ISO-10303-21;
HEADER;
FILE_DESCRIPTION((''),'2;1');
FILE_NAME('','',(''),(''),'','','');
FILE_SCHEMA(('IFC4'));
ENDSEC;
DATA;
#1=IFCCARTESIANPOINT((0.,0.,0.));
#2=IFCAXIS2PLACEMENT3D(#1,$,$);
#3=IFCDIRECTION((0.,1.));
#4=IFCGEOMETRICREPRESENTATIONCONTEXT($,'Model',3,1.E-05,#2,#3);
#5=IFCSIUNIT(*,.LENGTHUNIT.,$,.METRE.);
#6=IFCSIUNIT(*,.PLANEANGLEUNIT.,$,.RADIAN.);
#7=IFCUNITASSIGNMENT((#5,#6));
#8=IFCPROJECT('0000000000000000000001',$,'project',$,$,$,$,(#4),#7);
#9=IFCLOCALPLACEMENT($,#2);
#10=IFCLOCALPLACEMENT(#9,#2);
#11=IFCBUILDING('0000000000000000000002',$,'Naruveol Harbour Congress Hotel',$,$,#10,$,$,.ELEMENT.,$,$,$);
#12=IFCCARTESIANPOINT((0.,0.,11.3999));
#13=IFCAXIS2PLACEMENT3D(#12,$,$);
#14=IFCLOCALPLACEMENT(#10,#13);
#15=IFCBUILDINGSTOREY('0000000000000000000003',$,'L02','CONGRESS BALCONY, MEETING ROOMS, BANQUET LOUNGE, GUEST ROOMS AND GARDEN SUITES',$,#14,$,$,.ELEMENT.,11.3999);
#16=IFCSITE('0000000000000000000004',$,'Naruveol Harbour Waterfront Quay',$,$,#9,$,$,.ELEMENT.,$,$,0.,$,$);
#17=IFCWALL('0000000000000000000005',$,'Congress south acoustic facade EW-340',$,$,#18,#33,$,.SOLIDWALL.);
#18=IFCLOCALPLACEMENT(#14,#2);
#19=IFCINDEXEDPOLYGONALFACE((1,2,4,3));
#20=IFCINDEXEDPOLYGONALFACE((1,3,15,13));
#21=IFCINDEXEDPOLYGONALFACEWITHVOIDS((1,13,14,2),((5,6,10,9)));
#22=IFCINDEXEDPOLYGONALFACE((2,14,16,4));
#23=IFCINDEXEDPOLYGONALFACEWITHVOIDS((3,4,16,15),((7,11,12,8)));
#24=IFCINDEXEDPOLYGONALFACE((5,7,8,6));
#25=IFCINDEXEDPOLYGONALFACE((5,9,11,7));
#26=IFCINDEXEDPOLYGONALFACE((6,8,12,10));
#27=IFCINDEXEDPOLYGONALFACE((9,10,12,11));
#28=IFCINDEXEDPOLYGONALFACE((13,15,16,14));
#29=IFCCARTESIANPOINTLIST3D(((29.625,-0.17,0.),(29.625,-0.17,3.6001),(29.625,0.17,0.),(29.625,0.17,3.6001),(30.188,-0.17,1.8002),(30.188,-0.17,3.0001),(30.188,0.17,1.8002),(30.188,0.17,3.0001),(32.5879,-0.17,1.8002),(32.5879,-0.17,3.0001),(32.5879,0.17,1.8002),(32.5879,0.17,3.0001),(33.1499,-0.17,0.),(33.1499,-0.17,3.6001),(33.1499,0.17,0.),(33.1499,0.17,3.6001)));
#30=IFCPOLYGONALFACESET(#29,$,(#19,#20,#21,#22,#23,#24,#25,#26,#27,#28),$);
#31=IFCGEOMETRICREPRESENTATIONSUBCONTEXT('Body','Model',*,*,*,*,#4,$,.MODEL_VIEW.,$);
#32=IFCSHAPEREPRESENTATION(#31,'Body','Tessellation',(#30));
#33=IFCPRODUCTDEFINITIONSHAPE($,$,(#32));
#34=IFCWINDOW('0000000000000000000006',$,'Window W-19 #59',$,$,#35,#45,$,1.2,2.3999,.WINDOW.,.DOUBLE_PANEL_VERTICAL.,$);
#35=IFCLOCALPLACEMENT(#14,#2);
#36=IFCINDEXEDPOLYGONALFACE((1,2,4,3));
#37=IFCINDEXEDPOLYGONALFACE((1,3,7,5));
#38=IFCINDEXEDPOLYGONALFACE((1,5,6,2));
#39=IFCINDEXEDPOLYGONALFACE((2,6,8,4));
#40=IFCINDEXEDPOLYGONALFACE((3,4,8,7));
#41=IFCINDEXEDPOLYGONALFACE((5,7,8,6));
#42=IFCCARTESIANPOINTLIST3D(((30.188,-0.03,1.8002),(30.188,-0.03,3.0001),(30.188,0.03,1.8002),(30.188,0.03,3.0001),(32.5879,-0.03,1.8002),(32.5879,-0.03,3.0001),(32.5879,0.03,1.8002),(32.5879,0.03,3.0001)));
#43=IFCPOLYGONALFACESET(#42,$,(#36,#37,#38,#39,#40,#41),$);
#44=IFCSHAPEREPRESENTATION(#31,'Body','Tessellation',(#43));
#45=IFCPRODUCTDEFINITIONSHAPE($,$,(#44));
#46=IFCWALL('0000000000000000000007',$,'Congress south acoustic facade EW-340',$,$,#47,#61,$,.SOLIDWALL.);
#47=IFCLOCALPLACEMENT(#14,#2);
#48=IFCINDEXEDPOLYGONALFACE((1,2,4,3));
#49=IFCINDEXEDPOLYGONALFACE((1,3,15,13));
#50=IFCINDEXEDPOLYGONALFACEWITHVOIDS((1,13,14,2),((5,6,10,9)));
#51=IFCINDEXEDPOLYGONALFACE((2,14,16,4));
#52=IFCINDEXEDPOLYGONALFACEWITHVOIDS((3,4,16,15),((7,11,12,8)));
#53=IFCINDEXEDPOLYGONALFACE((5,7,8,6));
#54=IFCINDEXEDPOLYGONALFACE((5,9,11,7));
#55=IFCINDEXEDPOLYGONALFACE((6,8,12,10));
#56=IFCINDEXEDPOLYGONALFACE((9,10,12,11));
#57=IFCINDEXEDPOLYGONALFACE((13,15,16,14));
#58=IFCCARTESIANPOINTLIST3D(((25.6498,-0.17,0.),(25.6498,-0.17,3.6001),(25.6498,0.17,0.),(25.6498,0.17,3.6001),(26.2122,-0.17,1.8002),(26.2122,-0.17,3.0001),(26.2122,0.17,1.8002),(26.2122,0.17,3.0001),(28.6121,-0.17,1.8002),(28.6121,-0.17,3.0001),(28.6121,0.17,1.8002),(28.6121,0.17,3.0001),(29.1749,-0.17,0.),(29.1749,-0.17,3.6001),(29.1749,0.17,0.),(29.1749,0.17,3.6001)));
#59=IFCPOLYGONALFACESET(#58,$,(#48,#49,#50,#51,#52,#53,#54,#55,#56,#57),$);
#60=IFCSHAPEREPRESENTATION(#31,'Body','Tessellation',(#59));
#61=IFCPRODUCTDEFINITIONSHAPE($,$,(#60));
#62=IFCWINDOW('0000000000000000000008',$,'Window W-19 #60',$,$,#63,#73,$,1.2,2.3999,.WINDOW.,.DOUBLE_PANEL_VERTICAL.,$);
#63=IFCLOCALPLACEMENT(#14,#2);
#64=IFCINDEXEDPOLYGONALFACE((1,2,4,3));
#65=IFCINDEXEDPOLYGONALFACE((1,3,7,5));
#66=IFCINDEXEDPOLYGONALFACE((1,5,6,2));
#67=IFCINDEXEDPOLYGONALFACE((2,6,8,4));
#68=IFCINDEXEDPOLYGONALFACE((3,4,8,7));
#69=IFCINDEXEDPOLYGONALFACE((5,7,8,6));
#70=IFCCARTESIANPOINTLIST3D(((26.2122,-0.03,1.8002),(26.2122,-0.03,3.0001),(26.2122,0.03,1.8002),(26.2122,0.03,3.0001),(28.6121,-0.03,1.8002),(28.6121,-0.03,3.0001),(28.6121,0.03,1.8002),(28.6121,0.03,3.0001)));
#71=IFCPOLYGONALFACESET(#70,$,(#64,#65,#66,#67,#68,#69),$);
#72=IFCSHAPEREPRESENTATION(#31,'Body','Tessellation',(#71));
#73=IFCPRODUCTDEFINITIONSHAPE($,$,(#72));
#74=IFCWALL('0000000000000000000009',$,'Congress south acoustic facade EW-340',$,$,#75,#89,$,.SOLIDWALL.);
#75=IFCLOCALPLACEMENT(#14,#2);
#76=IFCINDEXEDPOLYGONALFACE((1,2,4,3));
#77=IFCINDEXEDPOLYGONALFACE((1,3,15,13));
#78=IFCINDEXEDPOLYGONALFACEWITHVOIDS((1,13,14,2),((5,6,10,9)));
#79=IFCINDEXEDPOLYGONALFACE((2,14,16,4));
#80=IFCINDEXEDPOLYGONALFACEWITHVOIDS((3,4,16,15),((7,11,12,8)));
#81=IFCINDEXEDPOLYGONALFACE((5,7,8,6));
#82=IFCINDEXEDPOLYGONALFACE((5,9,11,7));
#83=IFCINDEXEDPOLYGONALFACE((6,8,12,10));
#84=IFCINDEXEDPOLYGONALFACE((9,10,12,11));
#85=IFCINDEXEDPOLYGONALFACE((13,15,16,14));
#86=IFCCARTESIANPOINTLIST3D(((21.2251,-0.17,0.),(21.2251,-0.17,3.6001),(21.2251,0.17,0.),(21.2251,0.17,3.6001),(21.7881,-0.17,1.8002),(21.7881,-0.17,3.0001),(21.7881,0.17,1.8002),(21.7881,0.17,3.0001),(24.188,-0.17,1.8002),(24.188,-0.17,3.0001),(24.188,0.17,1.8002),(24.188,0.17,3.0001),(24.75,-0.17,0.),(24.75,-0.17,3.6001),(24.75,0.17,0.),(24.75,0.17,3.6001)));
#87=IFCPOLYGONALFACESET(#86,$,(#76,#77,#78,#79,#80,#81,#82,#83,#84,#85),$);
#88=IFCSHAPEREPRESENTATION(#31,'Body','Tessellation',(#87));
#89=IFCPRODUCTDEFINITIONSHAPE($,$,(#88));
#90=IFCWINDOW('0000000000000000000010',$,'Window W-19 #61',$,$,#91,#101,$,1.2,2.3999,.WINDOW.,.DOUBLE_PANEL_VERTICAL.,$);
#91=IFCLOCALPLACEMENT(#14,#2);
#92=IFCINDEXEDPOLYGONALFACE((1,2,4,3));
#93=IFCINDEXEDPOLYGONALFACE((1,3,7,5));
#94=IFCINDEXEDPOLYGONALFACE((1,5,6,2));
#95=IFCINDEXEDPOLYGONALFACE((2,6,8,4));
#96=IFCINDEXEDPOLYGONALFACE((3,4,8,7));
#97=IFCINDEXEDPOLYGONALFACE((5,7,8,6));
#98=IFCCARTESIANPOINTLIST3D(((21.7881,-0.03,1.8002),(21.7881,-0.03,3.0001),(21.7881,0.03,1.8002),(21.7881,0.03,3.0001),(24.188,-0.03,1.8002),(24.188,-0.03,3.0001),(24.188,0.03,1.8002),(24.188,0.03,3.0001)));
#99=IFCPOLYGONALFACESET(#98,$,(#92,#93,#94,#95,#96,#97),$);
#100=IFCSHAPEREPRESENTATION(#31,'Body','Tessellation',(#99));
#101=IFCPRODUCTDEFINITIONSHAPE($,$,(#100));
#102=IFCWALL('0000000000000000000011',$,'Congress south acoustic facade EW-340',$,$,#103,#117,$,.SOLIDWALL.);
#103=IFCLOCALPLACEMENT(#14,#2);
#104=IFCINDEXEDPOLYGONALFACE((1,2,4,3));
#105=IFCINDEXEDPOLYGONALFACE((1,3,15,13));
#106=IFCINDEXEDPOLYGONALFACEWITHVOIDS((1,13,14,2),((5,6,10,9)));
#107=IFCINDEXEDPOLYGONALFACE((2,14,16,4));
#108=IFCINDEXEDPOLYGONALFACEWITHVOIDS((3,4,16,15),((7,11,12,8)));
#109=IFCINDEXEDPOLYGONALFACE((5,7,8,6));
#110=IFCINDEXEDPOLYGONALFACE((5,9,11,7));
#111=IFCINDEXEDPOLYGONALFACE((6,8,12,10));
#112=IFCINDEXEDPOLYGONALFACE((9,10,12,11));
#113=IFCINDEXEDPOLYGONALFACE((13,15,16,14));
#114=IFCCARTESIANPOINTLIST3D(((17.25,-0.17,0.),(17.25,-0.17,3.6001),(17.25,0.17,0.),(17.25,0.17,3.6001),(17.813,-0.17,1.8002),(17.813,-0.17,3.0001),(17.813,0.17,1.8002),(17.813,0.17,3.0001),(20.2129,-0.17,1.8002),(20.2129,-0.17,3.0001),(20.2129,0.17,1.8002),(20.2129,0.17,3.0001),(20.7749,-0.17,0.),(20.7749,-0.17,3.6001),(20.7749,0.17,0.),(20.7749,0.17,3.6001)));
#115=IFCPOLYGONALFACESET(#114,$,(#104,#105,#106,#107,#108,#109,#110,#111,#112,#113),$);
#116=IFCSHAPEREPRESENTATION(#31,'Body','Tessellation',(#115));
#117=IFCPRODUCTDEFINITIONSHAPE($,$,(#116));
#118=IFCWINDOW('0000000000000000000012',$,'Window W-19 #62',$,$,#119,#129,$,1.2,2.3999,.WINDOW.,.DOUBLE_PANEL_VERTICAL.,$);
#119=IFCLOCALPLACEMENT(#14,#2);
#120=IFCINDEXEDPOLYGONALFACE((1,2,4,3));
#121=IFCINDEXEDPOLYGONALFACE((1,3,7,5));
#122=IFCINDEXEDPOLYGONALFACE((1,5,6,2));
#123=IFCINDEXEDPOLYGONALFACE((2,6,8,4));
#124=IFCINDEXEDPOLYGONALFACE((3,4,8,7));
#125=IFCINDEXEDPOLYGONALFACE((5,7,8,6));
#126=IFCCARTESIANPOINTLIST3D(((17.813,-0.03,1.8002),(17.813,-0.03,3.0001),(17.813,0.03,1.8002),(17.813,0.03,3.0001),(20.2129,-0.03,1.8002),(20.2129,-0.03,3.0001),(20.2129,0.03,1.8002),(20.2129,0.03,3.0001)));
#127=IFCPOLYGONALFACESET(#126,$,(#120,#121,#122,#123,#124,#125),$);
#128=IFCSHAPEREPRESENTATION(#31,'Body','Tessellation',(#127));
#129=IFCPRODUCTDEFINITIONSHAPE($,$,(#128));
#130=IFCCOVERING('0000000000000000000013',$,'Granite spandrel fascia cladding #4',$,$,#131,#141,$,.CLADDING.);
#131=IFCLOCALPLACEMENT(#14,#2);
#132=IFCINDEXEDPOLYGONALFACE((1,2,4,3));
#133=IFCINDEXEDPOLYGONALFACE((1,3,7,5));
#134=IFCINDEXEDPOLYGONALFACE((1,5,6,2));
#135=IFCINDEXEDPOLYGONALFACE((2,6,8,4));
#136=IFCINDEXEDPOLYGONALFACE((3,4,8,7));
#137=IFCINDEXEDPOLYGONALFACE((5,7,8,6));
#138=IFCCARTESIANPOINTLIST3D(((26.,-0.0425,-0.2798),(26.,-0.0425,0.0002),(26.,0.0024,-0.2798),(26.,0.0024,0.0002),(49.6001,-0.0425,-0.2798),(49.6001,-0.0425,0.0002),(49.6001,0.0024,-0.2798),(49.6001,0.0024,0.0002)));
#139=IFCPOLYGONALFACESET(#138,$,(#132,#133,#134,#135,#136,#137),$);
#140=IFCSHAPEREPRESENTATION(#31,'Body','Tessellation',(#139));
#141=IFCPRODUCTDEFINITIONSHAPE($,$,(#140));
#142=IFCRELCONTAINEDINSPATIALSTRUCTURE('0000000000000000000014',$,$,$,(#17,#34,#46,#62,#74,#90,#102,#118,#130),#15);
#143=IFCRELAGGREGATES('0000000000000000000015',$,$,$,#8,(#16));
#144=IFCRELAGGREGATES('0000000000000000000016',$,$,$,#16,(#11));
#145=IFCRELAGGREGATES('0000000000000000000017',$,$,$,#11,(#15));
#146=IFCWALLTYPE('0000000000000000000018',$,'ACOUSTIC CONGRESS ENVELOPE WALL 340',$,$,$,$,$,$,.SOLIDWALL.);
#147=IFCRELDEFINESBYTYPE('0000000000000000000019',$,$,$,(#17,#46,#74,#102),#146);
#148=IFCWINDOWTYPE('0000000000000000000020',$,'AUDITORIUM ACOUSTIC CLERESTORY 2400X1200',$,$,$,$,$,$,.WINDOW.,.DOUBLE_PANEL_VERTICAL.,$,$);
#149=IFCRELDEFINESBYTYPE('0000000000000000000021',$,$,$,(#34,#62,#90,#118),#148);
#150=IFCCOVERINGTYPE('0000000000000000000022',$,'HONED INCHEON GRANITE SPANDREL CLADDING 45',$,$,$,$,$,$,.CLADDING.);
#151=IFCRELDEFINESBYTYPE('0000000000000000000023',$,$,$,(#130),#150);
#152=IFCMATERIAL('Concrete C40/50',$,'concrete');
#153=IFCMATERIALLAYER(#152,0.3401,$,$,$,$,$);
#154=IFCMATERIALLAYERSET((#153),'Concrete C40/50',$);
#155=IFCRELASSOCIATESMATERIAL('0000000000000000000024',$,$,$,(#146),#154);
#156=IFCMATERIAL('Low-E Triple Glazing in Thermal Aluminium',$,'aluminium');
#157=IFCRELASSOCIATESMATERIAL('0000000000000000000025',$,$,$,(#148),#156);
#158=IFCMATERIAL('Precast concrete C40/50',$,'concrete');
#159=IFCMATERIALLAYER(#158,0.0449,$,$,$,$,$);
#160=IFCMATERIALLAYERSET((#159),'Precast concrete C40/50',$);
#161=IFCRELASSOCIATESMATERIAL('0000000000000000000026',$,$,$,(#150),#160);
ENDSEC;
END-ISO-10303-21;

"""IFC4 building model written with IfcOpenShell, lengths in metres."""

from ifc_helpers import new_model, si_unit, direction, frame, frame_2d, origin, origin_2d, place, context, subcontext, project, spatial, rectangle, extrude, material, layer, layer_set, type_object, element, fill, save


model = new_model("IFC4")

# Units and contexts
model_context = context("Model", 3, precision=1e-05, world=origin(), true_north=direction((0.0, 1.0)))
body_context = subcontext(model_context, "Body", "Model", "MODEL_VIEW")
ifc_project = project(units=[si_unit("LENGTHUNIT", "METRE"), si_unit("PLANEANGLEUNIT", "RADIAN")], contexts=[model_context])

# Site, building, storey
site_placement = place(None, origin())
site = spatial("IfcSite", under=ifc_project, at=site_placement, Name="Naruveol Harbour Waterfront Quay", CompositionType="ELEMENT", RefElevation=0.0)
building_placement = place(site_placement, origin())
building = spatial("IfcBuilding", under=site, at=building_placement, Name="Naruveol Harbour Congress Hotel", CompositionType="ELEMENT")
storey_placement = place(building_placement, frame((0.0, 0.0, 11.3999)))
storey = spatial("IfcBuildingStorey", under=building, at=storey_placement, Name="L02", Description="CONGRESS BALCONY, MEETING ROOMS, BANQUET LOUNGE, GUEST ROOMS AND GARDEN SUITES", CompositionType="ELEMENT", Elevation=11.3999)

# Walls, openings, windows
ifc_material_1 = material(Name="Concrete C40/50", Category="concrete")
ifc_layer_1 = layer(ifc_material_1, 0.3401)
ifc_layer_set_1 = layer_set([ifc_layer_1], Name="Concrete C40/50")
wall_type = type_object("IfcWallType", Name="ACOUSTIC CONGRESS ENVELOPE WALL 340", PredefinedType="SOLIDWALL", material=ifc_layer_set_1)
ifc_material_2 = material(Name="Low-E Triple Glazing in Thermal Aluminium", Category="aluminium")
window_type = type_object("IfcWindowType", Name="AUDITORIUM ACOUSTIC CLERESTORY 2400X1200", PartitioningType="DOUBLE_PANEL_VERTICAL", PredefinedType="WINDOW", material=ifc_material_2)
wall_1_placement = place(storey_placement, frame((33.1499, 0.0, 0.0), z_axis=(0.0, 0.0, 1.0), x_axis=(-1.0, 0.0, 0.0)))
wall_1 = element("IfcWall", 1, at=wall_1_placement, inside=storey, type_object=wall_type, Name="Congress south acoustic facade EW-340", PredefinedType="SOLIDWALL", context=body_context, shape_type="SweptSolid", body=[
    extrude(rectangle(XDim=3.5249, YDim=0.3401, at=frame_2d((1.7625, 0.0))), origin(), (0.0, 0.0, 1.0), 3.6001),
])
opening_1_placement = place(wall_1_placement, frame((0.562, 0.0, 1.8)))
opening_1 = element("IfcOpeningElement", 2, at=opening_1_placement, cuts=wall_1, PredefinedType="OPENING", context=body_context, shape_type="SweptSolid", body=[
    extrude(rectangle(XDim=2.3999, YDim=1.2, at=frame_2d((1.2, 0.6001))), frame((0.0, 0.1799, 0.0), z_axis=(0.0, -1.0, 0.0), x_axis=(1.0, 0.0, 0.0)), (0.0, 0.0, 1.0), 0.3601),
])
window_1_placement = place(opening_1_placement, origin())
window_1 = element("IfcWindow", 3, at=window_1_placement, inside=storey, type_object=window_type, Name="Window W-19 #59", OverallHeight=1.2, OverallWidth=2.3999, PartitioningType="DOUBLE_PANEL_VERTICAL", PredefinedType="WINDOW", context=body_context, shape_type="SweptSolid", body=[
    extrude(rectangle(XDim=2.3999, YDim=1.2, at=frame_2d((1.2, 0.6001))), frame((0.0, 0.03, 0.0), z_axis=(0.0, -1.0, 0.0), x_axis=(1.0, 0.0, 0.0)), (0.0, 0.0, 1.0), 0.0601),
])
fill(opening_1, window_1)
wall_2_placement = place(storey_placement, frame((29.175, 0.0, 0.0), z_axis=(0.0, 0.0, 1.0), x_axis=(-1.0, 0.0, 0.0)))
wall_2 = element("IfcWall", 4, at=wall_2_placement, inside=storey, type_object=wall_type, Name="Congress south acoustic facade EW-340", PredefinedType="SOLIDWALL", context=body_context, shape_type="SweptSolid", body=[
    extrude(rectangle(XDim=3.5251, YDim=0.3401, at=frame_2d((1.7627, 0.0))), origin(), (0.0, 0.0, 1.0), 3.6001),
])
opening_2_placement = place(wall_2_placement, frame((0.563, 0.0, 1.8)))
opening_2 = element("IfcOpeningElement", 5, at=opening_2_placement, cuts=wall_2, PredefinedType="OPENING", context=body_context, shape_type="SweptSolid", body=[
    extrude(rectangle(XDim=2.3999, YDim=1.2, at=frame_2d((1.2, 0.6001))), frame((0.0, 0.1799, 0.0), z_axis=(0.0, -1.0, 0.0), x_axis=(1.0, 0.0, 0.0)), (0.0, 0.0, 1.0), 0.3601),
])
window_2_placement = place(opening_2_placement, origin())
window_2 = element("IfcWindow", 6, at=window_2_placement, inside=storey, type_object=window_type, Name="Window W-19 #60", OverallHeight=1.2, OverallWidth=2.3999, PartitioningType="DOUBLE_PANEL_VERTICAL", PredefinedType="WINDOW", context=body_context, shape_type="SweptSolid", body=[
    extrude(rectangle(XDim=2.3999, YDim=1.2, at=frame_2d((1.2, 0.6001))), frame((0.0, 0.03, 0.0), z_axis=(0.0, -1.0, 0.0), x_axis=(1.0, 0.0, 0.0)), (0.0, 0.0, 1.0), 0.0601),
])
fill(opening_2, window_2)
wall_3_placement = place(storey_placement, frame((24.75, 0.0, 0.0), z_axis=(0.0, 0.0, 1.0), x_axis=(-1.0, 0.0, 0.0)))
wall_3 = element("IfcWall", 7, at=wall_3_placement, inside=storey, type_object=wall_type, Name="Congress south acoustic facade EW-340", PredefinedType="SOLIDWALL", context=body_context, shape_type="SweptSolid", body=[
    extrude(rectangle(XDim=3.5249, YDim=0.3401, at=frame_2d((1.7625, 0.0))), origin(), (0.0, 0.0, 1.0), 3.6001),
])
opening_3_placement = place(wall_3_placement, frame((0.562, 0.0, 1.8)))
opening_3 = element("IfcOpeningElement", 8, at=opening_3_placement, cuts=wall_3, PredefinedType="OPENING", context=body_context, shape_type="SweptSolid", body=[
    extrude(rectangle(XDim=2.3999, YDim=1.2, at=frame_2d((1.2, 0.6001))), frame((0.0, 0.1799, 0.0), z_axis=(0.0, -1.0, 0.0), x_axis=(1.0, 0.0, 0.0)), (0.0, 0.0, 1.0), 0.3601),
])
window_3_placement = place(opening_3_placement, origin())
window_3 = element("IfcWindow", 9, at=window_3_placement, inside=storey, type_object=window_type, Name="Window W-19 #61", OverallHeight=1.2, OverallWidth=2.3999, PartitioningType="DOUBLE_PANEL_VERTICAL", PredefinedType="WINDOW", context=body_context, shape_type="SweptSolid", body=[
    extrude(rectangle(XDim=2.3999, YDim=1.2, at=frame_2d((1.2, 0.6001))), frame((0.0, 0.03, 0.0), z_axis=(0.0, -1.0, 0.0), x_axis=(1.0, 0.0, 0.0)), (0.0, 0.0, 1.0), 0.0601),
])
fill(opening_3, window_3)
wall_4_placement = place(storey_placement, frame((20.7749, 0.0, 0.0), z_axis=(0.0, 0.0, 1.0), x_axis=(-1.0, 0.0, 0.0)))
wall_4 = element("IfcWall", 10, at=wall_4_placement, inside=storey, type_object=wall_type, Name="Congress south acoustic facade EW-340", PredefinedType="SOLIDWALL", context=body_context, shape_type="SweptSolid", body=[
    extrude(rectangle(XDim=3.5249, YDim=0.3401, at=frame_2d((1.7625, 0.0))), origin(), (0.0, 0.0, 1.0), 3.6001),
])
opening_4_placement = place(wall_4_placement, frame((0.562, 0.0, 1.8)))
opening_4 = element("IfcOpeningElement", 11, at=opening_4_placement, cuts=wall_4, PredefinedType="OPENING", context=body_context, shape_type="SweptSolid", body=[
    extrude(rectangle(XDim=2.3999, YDim=1.2, at=frame_2d((1.2, 0.6001))), frame((0.0, 0.1799, 0.0), z_axis=(0.0, -1.0, 0.0), x_axis=(1.0, 0.0, 0.0)), (0.0, 0.0, 1.0), 0.3601),
])
window_4_placement = place(opening_4_placement, origin())
window_4 = element("IfcWindow", 12, at=window_4_placement, inside=storey, type_object=window_type, Name="Window W-19 #62", OverallHeight=1.2, OverallWidth=2.3999, PartitioningType="DOUBLE_PANEL_VERTICAL", PredefinedType="WINDOW", context=body_context, shape_type="SweptSolid", body=[
    extrude(rectangle(XDim=2.3999, YDim=1.2, at=frame_2d((1.2, 0.6001))), frame((0.0, 0.03, 0.0), z_axis=(0.0, -1.0, 0.0), x_axis=(1.0, 0.0, 0.0)), (0.0, 0.0, 1.0), 0.0601),
])
fill(opening_4, window_4)

# Covering
ifc_material_3 = material(Name="Precast concrete C40/50", Category="concrete")
ifc_layer_2 = layer(ifc_material_3, 0.0449)
ifc_layer_set_2 = layer_set([ifc_layer_2], Name="Precast concrete C40/50")
covering_type = type_object("IfcCoveringType", Name="HONED INCHEON GRANITE SPANDREL CLADDING 45", PredefinedType="CLADDING", material=ifc_layer_set_2)
covering_placement = place(storey_placement, frame((37.8, -0.02, -0.2798), z_axis=(0.0, 0.0, 1.0), x_axis=(1.0, 0.0, 0.0)))
element("IfcCovering", 13, at=covering_placement, inside=storey, type_object=covering_type, Name="Granite spandrel fascia cladding #4", PredefinedType="CLADDING", context=body_context, shape_type="SweptSolid", body=[
    extrude(rectangle(XDim=23.6001, YDim=0.0449, at=origin_2d()), origin(), (0.0, 0.0, 1.0), 0.28),
])

save(model, "model.ifc")
